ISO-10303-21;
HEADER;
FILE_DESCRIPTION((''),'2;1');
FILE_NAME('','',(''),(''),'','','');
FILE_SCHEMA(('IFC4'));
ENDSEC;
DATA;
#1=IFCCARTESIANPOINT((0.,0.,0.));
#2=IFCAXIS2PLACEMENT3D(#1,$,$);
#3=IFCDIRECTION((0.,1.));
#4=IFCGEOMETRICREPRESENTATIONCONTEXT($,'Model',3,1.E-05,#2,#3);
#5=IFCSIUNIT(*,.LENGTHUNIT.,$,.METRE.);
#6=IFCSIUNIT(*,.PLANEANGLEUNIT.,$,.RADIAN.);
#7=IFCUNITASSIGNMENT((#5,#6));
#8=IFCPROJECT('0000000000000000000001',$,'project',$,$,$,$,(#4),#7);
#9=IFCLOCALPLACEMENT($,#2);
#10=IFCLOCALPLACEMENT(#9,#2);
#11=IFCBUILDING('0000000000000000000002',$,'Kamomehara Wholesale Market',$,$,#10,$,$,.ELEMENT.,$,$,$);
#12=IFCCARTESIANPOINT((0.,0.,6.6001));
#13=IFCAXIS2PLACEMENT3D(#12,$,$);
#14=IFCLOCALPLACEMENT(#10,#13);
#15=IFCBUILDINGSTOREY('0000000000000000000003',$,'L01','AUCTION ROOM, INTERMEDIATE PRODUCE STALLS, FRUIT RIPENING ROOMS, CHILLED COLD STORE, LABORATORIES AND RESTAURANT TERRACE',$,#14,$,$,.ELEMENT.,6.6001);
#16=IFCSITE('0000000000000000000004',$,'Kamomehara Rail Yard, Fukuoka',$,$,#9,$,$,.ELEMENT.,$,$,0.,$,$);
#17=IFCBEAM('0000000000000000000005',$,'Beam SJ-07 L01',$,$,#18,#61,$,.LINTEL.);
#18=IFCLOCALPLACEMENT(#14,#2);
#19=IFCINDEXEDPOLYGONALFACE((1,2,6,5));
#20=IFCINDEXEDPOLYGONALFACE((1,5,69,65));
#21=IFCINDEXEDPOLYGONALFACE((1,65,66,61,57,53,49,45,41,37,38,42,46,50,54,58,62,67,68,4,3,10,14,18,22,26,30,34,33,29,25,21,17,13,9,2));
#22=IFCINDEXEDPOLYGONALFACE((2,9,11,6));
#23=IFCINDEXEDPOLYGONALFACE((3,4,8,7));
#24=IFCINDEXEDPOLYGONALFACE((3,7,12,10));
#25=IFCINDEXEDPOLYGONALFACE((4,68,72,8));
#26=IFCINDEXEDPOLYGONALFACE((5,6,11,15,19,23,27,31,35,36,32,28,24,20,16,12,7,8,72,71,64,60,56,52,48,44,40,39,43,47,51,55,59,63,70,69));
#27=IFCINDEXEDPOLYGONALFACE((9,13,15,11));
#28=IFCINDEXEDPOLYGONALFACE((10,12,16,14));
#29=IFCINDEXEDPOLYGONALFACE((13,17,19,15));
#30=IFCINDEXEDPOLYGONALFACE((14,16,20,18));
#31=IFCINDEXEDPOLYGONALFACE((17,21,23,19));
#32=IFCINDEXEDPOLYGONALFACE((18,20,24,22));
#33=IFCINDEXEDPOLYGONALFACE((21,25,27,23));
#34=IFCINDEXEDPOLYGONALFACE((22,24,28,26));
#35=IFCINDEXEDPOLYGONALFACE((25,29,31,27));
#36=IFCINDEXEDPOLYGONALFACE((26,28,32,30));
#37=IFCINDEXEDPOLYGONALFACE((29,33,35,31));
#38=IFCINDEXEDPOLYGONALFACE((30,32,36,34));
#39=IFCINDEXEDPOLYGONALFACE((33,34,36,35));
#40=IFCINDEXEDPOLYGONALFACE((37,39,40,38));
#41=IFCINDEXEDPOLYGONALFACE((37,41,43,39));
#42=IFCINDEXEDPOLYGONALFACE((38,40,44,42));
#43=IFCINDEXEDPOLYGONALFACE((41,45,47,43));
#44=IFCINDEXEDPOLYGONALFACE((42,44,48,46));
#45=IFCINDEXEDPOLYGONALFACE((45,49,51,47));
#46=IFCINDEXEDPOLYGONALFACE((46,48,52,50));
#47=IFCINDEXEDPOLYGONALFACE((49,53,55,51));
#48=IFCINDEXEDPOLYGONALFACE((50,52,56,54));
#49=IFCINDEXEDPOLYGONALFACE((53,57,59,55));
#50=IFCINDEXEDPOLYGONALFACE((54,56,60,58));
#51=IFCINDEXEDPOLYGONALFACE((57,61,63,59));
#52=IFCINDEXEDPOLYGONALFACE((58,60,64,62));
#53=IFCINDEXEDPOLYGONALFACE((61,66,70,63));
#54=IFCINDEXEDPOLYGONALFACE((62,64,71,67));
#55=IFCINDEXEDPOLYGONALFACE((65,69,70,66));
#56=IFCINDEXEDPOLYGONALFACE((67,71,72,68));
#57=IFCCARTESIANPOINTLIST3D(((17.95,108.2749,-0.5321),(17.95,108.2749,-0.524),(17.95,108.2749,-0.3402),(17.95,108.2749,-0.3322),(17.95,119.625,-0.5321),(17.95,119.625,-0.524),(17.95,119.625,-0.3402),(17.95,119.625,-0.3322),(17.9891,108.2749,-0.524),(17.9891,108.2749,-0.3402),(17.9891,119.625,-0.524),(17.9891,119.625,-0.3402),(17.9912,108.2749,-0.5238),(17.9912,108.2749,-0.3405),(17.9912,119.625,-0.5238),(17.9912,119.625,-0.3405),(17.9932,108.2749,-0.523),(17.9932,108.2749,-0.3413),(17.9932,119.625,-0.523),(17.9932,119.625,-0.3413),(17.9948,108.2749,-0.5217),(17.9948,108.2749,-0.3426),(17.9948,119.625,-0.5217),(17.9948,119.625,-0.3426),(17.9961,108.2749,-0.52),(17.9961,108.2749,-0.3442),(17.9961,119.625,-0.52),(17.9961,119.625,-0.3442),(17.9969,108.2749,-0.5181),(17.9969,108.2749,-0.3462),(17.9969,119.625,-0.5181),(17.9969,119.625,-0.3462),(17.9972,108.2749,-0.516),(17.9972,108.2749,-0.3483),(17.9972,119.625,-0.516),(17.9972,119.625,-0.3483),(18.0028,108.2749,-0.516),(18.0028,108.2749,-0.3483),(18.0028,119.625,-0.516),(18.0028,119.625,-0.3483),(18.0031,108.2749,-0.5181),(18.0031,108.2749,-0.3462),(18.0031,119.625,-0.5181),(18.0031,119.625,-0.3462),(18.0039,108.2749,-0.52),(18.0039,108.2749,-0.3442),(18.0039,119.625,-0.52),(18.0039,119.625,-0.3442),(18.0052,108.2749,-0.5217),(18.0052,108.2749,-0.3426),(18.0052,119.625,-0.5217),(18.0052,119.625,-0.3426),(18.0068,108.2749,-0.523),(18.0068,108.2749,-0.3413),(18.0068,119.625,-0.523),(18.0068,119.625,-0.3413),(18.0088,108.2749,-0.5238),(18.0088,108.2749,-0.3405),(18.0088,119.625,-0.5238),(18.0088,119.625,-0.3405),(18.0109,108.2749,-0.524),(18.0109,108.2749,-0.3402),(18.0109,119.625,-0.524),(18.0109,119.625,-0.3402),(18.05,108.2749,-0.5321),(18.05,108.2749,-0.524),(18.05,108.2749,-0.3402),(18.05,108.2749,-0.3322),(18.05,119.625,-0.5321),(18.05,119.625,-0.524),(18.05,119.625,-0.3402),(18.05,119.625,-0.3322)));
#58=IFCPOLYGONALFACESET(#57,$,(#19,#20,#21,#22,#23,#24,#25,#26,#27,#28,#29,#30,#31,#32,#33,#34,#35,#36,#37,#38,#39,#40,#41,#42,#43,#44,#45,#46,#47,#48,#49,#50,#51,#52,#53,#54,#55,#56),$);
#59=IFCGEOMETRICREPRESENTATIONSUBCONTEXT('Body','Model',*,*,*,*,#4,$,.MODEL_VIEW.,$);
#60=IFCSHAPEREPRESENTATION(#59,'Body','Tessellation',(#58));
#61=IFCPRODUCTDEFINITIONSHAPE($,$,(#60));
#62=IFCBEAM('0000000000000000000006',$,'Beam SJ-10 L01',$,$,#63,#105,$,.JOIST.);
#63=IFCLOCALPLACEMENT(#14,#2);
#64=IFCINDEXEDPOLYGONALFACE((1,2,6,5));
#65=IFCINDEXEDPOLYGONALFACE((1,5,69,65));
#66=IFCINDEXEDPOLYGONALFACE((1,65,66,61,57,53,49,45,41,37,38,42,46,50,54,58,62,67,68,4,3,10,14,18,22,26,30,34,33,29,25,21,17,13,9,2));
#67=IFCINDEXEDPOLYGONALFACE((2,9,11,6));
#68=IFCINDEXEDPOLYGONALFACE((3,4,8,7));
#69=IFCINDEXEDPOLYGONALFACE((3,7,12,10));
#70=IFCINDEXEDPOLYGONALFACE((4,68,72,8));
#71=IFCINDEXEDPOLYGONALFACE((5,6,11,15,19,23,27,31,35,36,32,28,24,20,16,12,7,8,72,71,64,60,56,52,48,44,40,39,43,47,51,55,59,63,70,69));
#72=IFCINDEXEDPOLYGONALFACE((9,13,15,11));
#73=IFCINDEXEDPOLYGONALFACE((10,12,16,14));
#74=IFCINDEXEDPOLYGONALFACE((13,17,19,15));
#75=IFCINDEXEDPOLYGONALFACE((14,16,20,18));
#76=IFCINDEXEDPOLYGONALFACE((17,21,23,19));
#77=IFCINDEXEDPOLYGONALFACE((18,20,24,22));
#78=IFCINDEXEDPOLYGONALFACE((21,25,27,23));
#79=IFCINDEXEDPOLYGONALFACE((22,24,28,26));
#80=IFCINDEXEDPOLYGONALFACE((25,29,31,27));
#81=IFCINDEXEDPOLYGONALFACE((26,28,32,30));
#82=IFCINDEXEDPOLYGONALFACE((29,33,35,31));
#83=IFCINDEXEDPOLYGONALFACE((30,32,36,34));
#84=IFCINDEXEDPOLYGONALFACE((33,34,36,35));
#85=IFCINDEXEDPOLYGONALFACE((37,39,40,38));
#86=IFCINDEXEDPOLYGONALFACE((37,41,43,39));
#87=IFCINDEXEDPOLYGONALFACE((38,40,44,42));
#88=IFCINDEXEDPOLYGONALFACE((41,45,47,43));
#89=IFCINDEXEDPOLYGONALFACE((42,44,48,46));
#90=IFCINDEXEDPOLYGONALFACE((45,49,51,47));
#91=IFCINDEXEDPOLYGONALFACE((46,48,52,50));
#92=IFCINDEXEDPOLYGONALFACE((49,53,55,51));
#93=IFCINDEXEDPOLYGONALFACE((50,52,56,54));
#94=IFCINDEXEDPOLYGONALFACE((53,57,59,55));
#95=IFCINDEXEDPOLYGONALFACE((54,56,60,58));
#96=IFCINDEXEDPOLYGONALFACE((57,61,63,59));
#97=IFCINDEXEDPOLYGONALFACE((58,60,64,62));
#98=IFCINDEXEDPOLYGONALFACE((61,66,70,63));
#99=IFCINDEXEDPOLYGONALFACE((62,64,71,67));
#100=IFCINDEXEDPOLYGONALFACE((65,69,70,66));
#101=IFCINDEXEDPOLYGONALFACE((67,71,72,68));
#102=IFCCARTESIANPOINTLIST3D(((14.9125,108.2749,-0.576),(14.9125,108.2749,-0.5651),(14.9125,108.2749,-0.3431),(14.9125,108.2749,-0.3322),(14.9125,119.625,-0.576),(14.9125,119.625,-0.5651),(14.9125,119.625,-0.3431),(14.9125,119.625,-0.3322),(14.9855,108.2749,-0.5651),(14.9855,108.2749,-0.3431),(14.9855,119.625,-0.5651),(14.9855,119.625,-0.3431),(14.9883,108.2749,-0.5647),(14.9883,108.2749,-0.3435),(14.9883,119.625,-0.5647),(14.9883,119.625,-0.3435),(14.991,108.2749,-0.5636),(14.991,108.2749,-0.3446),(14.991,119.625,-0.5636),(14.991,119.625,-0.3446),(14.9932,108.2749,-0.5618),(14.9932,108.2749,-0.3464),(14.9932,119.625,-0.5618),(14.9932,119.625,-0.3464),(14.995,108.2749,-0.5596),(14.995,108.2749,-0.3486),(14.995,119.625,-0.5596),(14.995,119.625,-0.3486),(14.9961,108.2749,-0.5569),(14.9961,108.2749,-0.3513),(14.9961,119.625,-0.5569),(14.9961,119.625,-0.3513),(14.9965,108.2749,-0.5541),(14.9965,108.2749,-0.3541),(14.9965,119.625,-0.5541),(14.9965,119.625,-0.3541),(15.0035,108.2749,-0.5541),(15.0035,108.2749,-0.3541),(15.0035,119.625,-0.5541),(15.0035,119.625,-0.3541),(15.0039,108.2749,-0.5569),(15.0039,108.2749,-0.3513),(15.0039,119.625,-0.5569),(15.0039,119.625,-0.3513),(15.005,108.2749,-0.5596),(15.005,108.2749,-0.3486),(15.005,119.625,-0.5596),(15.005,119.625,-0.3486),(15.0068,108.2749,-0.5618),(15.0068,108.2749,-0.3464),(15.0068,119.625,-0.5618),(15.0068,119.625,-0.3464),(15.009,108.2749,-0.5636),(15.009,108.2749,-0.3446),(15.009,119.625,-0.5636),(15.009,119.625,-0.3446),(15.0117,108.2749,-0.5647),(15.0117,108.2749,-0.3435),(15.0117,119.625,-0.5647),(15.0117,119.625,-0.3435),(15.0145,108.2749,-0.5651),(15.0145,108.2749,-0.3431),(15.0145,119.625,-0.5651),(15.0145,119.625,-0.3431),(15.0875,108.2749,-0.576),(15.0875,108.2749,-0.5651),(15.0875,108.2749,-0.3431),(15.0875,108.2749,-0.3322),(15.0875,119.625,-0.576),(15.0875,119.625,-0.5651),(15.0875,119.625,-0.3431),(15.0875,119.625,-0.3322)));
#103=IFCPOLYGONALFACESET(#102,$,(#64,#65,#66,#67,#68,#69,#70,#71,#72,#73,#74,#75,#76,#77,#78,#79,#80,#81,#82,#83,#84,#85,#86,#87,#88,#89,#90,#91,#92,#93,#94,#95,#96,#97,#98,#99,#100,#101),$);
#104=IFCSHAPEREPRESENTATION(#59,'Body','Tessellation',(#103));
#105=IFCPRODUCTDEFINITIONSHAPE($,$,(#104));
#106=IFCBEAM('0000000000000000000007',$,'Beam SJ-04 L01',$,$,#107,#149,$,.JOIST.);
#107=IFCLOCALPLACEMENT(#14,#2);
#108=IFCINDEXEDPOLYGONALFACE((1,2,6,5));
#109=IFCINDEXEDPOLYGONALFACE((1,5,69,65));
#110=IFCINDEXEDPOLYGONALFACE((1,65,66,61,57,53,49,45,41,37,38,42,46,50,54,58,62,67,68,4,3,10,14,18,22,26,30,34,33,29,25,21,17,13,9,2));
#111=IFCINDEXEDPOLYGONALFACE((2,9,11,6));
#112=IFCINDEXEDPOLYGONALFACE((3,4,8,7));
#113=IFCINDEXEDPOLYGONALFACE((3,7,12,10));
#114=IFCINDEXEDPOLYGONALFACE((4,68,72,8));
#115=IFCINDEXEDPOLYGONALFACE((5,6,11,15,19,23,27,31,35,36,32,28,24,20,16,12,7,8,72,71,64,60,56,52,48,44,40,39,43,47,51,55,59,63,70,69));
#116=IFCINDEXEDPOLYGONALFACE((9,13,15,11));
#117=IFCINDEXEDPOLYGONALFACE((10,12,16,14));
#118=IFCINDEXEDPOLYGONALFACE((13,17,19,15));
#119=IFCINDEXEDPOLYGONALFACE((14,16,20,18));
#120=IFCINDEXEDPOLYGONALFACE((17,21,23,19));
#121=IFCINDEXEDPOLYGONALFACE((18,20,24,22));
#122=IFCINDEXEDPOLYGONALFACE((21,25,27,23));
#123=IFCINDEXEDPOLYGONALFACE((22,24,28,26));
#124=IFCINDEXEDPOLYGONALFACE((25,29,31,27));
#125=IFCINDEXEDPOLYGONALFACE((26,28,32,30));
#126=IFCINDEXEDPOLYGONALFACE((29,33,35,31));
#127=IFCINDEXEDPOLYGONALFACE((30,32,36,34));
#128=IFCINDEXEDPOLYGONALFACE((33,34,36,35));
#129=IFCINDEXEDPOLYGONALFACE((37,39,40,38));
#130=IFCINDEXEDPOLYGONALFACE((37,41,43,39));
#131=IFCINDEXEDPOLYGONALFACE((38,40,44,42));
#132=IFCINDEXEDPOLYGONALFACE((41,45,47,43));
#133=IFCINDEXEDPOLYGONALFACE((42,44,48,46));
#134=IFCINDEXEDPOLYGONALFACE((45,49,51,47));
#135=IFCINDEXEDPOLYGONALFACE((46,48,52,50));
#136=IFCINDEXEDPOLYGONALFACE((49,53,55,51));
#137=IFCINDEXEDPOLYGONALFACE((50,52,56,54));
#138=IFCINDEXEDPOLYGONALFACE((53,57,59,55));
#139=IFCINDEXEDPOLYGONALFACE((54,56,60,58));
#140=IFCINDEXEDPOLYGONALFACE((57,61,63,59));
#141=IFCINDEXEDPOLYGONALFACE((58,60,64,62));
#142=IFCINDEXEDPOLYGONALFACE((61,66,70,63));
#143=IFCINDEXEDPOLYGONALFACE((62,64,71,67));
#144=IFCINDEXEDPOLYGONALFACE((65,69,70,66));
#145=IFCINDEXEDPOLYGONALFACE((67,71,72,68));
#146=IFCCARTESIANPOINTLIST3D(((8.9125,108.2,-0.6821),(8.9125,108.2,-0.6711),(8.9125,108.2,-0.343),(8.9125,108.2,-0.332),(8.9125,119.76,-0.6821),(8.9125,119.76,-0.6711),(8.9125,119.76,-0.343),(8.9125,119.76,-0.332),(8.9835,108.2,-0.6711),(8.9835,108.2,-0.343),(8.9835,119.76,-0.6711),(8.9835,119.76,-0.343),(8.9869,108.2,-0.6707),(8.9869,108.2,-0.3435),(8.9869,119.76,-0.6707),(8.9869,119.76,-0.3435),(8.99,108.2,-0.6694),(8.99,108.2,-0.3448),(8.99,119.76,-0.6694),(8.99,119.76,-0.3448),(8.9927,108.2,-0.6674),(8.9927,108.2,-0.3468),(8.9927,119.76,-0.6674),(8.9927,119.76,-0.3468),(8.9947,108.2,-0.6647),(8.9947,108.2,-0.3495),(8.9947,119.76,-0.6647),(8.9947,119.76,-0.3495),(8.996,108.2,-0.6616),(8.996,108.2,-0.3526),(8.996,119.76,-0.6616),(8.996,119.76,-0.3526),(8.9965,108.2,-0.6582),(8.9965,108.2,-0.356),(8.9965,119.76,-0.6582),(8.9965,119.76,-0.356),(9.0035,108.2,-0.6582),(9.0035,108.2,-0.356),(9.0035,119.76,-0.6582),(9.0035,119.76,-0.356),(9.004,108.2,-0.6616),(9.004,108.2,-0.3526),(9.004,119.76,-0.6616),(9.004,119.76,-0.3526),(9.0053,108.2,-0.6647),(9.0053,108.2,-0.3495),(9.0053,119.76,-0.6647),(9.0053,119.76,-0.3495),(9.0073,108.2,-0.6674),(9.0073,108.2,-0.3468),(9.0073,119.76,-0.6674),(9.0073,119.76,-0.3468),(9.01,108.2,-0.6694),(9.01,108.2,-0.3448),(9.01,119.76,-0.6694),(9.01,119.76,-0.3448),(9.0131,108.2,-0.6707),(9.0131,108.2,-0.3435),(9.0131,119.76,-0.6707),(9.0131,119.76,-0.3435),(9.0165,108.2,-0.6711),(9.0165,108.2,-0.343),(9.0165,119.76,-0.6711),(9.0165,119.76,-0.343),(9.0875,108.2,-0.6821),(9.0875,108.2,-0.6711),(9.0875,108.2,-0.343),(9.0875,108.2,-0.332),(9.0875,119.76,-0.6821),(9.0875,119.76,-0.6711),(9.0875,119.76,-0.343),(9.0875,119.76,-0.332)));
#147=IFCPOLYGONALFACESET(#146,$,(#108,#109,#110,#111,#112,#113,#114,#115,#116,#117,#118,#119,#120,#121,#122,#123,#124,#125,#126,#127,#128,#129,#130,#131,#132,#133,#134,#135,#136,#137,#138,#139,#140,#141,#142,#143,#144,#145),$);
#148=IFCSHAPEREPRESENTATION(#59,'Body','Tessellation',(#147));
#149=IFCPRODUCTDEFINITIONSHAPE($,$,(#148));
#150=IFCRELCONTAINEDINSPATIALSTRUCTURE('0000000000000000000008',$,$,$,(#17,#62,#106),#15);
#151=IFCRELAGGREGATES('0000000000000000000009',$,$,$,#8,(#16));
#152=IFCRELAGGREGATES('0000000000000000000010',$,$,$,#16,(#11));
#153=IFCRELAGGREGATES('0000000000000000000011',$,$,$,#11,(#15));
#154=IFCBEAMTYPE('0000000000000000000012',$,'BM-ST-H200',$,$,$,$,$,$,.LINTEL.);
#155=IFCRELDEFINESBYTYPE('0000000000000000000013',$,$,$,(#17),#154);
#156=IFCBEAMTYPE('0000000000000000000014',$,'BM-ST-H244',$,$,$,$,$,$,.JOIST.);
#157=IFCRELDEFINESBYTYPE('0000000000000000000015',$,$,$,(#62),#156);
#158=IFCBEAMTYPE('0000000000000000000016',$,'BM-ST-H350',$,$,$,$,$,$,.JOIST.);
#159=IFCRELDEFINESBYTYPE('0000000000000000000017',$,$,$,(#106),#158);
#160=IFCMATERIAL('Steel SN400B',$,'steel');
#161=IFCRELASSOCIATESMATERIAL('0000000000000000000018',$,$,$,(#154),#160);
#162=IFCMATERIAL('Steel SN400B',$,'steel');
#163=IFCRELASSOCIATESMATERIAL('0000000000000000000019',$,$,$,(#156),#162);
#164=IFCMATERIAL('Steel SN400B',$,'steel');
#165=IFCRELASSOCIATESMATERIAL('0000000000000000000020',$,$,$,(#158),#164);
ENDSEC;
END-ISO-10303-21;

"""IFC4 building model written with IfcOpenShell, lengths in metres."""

from ifc_helpers import new_model, si_unit, direction, frame, origin, origin_2d, place, context, subcontext, project, spatial, i_section, extrude, material, material_profile, profile_set, type_object, element, save


model = new_model("IFC4")

# Units and contexts
model_context = context("Model", 3, precision=1e-05, world=origin(), true_north=direction((0.0, 1.0)))
body_context = subcontext(model_context, "Body", "Model", "MODEL_VIEW")
ifc_project = project(units=[si_unit("LENGTHUNIT", "METRE"), si_unit("PLANEANGLEUNIT", "RADIAN")], contexts=[model_context])

# Site, building, storey
site_placement = place(None, origin())
site = spatial("IfcSite", under=ifc_project, at=site_placement, Name="Kamomehara Rail Yard, Fukuoka", CompositionType="ELEMENT", RefElevation=0.0)
building_placement = place(site_placement, origin())
building = spatial("IfcBuilding", under=site, at=building_placement, Name="Kamomehara Wholesale Market", CompositionType="ELEMENT")
storey_placement = place(building_placement, frame((0.0, 0.0, 6.6001)))
storey = spatial("IfcBuildingStorey", under=building, at=storey_placement, Name="L01", Description="AUCTION ROOM, INTERMEDIATE PRODUCE STALLS, FRUIT RIPENING ROOMS, CHILLED COLD STORE, LABORATORIES AND RESTAURANT TERRACE", CompositionType="ELEMENT", Elevation=6.6001)

# Beams
ifc_material_1 = material(Name="Steel SN400B", Category="steel")
ifc_material_profile_1 = material_profile(ifc_material_1, i_section(OverallWidth=0.1001, OverallDepth=0.2, WebThickness=0.0056, FlangeThickness=0.0081, FilletRadius=0.0081, at=origin_2d()), Name="H-200x100x5.5x8")
ifc_profile_set_1 = profile_set([ifc_material_profile_1], Name="Steel SN400B")
beam_type_1 = type_object("IfcBeamType", Name="BM-ST-H200", PredefinedType="LINTEL", material=ifc_profile_set_1)
beam_1_placement = place(storey_placement, frame((18.0, 108.2749, -0.4321), z_axis=(0.0, 1.0, 0.0), x_axis=(-1.0, 0.0, 0.0)))
element("IfcBeam", 1, at=beam_1_placement, inside=storey, type_object=beam_type_1, Name="Beam SJ-07 L01", PredefinedType="LINTEL", context=body_context, shape_type="SweptSolid", body=[
    extrude(i_section(OverallWidth=0.1001, OverallDepth=0.2, WebThickness=0.0056, FlangeThickness=0.0081, FilletRadius=0.0081, at=origin_2d()), origin(), (0.0, 0.0, 1.0), 11.3501),
])
ifc_material_2 = material(Name="Steel SN400B", Category="steel")
ifc_material_profile_2 = material_profile(ifc_material_2, i_section(OverallWidth=0.175, OverallDepth=0.2439, WebThickness=0.0071, FlangeThickness=0.011, FilletRadius=0.011, at=origin_2d()), Name="H-244x175x7x11")
ifc_profile_set_2 = profile_set([ifc_material_profile_2], Name="Steel SN400B")
beam_type_2 = type_object("IfcBeamType", Name="BM-ST-H244", PredefinedType="JOIST", material=ifc_profile_set_2)
beam_2_placement = place(storey_placement, frame((15.0, 108.2749, -0.4541), z_axis=(0.0, 1.0, 0.0), x_axis=(-1.0, 0.0, 0.0)))
element("IfcBeam", 2, at=beam_2_placement, inside=storey, type_object=beam_type_2, Name="Beam SJ-10 L01", PredefinedType="JOIST", context=body_context, shape_type="SweptSolid", body=[
    extrude(i_section(OverallWidth=0.175, OverallDepth=0.2439, WebThickness=0.0071, FlangeThickness=0.011, FilletRadius=0.011, at=origin_2d()), origin(), (0.0, 0.0, 1.0), 11.3501),
])
ifc_material_3 = material(Name="Steel SN400B", Category="steel")
ifc_material_profile_3 = material_profile(ifc_material_3, i_section(OverallWidth=0.175, OverallDepth=0.3501, WebThickness=0.0071, FlangeThickness=0.011, FilletRadius=0.0129, at=origin_2d()), Name="H-350x175x7x11")
ifc_profile_set_3 = profile_set([ifc_material_profile_3], Name="Steel SN400B")
beam_type_3 = type_object("IfcBeamType", Name="BM-ST-H350", PredefinedType="JOIST", material=ifc_profile_set_3)
beam_3_placement = place(storey_placement, frame((9.0, 108.2, -0.5071), z_axis=(0.0, 1.0, 0.0), x_axis=(-1.0, 0.0, 0.0)))
element("IfcBeam", 3, at=beam_3_placement, inside=storey, type_object=beam_type_3, Name="Beam SJ-04 L01", PredefinedType="JOIST", context=body_context, shape_type="SweptSolid", body=[
    extrude(i_section(OverallWidth=0.175, OverallDepth=0.3501, WebThickness=0.0071, FlangeThickness=0.011, FilletRadius=0.0129, at=origin_2d()), origin(), (0.0, 0.0, 1.0), 11.5601),
])

save(model, "model.ifc")
